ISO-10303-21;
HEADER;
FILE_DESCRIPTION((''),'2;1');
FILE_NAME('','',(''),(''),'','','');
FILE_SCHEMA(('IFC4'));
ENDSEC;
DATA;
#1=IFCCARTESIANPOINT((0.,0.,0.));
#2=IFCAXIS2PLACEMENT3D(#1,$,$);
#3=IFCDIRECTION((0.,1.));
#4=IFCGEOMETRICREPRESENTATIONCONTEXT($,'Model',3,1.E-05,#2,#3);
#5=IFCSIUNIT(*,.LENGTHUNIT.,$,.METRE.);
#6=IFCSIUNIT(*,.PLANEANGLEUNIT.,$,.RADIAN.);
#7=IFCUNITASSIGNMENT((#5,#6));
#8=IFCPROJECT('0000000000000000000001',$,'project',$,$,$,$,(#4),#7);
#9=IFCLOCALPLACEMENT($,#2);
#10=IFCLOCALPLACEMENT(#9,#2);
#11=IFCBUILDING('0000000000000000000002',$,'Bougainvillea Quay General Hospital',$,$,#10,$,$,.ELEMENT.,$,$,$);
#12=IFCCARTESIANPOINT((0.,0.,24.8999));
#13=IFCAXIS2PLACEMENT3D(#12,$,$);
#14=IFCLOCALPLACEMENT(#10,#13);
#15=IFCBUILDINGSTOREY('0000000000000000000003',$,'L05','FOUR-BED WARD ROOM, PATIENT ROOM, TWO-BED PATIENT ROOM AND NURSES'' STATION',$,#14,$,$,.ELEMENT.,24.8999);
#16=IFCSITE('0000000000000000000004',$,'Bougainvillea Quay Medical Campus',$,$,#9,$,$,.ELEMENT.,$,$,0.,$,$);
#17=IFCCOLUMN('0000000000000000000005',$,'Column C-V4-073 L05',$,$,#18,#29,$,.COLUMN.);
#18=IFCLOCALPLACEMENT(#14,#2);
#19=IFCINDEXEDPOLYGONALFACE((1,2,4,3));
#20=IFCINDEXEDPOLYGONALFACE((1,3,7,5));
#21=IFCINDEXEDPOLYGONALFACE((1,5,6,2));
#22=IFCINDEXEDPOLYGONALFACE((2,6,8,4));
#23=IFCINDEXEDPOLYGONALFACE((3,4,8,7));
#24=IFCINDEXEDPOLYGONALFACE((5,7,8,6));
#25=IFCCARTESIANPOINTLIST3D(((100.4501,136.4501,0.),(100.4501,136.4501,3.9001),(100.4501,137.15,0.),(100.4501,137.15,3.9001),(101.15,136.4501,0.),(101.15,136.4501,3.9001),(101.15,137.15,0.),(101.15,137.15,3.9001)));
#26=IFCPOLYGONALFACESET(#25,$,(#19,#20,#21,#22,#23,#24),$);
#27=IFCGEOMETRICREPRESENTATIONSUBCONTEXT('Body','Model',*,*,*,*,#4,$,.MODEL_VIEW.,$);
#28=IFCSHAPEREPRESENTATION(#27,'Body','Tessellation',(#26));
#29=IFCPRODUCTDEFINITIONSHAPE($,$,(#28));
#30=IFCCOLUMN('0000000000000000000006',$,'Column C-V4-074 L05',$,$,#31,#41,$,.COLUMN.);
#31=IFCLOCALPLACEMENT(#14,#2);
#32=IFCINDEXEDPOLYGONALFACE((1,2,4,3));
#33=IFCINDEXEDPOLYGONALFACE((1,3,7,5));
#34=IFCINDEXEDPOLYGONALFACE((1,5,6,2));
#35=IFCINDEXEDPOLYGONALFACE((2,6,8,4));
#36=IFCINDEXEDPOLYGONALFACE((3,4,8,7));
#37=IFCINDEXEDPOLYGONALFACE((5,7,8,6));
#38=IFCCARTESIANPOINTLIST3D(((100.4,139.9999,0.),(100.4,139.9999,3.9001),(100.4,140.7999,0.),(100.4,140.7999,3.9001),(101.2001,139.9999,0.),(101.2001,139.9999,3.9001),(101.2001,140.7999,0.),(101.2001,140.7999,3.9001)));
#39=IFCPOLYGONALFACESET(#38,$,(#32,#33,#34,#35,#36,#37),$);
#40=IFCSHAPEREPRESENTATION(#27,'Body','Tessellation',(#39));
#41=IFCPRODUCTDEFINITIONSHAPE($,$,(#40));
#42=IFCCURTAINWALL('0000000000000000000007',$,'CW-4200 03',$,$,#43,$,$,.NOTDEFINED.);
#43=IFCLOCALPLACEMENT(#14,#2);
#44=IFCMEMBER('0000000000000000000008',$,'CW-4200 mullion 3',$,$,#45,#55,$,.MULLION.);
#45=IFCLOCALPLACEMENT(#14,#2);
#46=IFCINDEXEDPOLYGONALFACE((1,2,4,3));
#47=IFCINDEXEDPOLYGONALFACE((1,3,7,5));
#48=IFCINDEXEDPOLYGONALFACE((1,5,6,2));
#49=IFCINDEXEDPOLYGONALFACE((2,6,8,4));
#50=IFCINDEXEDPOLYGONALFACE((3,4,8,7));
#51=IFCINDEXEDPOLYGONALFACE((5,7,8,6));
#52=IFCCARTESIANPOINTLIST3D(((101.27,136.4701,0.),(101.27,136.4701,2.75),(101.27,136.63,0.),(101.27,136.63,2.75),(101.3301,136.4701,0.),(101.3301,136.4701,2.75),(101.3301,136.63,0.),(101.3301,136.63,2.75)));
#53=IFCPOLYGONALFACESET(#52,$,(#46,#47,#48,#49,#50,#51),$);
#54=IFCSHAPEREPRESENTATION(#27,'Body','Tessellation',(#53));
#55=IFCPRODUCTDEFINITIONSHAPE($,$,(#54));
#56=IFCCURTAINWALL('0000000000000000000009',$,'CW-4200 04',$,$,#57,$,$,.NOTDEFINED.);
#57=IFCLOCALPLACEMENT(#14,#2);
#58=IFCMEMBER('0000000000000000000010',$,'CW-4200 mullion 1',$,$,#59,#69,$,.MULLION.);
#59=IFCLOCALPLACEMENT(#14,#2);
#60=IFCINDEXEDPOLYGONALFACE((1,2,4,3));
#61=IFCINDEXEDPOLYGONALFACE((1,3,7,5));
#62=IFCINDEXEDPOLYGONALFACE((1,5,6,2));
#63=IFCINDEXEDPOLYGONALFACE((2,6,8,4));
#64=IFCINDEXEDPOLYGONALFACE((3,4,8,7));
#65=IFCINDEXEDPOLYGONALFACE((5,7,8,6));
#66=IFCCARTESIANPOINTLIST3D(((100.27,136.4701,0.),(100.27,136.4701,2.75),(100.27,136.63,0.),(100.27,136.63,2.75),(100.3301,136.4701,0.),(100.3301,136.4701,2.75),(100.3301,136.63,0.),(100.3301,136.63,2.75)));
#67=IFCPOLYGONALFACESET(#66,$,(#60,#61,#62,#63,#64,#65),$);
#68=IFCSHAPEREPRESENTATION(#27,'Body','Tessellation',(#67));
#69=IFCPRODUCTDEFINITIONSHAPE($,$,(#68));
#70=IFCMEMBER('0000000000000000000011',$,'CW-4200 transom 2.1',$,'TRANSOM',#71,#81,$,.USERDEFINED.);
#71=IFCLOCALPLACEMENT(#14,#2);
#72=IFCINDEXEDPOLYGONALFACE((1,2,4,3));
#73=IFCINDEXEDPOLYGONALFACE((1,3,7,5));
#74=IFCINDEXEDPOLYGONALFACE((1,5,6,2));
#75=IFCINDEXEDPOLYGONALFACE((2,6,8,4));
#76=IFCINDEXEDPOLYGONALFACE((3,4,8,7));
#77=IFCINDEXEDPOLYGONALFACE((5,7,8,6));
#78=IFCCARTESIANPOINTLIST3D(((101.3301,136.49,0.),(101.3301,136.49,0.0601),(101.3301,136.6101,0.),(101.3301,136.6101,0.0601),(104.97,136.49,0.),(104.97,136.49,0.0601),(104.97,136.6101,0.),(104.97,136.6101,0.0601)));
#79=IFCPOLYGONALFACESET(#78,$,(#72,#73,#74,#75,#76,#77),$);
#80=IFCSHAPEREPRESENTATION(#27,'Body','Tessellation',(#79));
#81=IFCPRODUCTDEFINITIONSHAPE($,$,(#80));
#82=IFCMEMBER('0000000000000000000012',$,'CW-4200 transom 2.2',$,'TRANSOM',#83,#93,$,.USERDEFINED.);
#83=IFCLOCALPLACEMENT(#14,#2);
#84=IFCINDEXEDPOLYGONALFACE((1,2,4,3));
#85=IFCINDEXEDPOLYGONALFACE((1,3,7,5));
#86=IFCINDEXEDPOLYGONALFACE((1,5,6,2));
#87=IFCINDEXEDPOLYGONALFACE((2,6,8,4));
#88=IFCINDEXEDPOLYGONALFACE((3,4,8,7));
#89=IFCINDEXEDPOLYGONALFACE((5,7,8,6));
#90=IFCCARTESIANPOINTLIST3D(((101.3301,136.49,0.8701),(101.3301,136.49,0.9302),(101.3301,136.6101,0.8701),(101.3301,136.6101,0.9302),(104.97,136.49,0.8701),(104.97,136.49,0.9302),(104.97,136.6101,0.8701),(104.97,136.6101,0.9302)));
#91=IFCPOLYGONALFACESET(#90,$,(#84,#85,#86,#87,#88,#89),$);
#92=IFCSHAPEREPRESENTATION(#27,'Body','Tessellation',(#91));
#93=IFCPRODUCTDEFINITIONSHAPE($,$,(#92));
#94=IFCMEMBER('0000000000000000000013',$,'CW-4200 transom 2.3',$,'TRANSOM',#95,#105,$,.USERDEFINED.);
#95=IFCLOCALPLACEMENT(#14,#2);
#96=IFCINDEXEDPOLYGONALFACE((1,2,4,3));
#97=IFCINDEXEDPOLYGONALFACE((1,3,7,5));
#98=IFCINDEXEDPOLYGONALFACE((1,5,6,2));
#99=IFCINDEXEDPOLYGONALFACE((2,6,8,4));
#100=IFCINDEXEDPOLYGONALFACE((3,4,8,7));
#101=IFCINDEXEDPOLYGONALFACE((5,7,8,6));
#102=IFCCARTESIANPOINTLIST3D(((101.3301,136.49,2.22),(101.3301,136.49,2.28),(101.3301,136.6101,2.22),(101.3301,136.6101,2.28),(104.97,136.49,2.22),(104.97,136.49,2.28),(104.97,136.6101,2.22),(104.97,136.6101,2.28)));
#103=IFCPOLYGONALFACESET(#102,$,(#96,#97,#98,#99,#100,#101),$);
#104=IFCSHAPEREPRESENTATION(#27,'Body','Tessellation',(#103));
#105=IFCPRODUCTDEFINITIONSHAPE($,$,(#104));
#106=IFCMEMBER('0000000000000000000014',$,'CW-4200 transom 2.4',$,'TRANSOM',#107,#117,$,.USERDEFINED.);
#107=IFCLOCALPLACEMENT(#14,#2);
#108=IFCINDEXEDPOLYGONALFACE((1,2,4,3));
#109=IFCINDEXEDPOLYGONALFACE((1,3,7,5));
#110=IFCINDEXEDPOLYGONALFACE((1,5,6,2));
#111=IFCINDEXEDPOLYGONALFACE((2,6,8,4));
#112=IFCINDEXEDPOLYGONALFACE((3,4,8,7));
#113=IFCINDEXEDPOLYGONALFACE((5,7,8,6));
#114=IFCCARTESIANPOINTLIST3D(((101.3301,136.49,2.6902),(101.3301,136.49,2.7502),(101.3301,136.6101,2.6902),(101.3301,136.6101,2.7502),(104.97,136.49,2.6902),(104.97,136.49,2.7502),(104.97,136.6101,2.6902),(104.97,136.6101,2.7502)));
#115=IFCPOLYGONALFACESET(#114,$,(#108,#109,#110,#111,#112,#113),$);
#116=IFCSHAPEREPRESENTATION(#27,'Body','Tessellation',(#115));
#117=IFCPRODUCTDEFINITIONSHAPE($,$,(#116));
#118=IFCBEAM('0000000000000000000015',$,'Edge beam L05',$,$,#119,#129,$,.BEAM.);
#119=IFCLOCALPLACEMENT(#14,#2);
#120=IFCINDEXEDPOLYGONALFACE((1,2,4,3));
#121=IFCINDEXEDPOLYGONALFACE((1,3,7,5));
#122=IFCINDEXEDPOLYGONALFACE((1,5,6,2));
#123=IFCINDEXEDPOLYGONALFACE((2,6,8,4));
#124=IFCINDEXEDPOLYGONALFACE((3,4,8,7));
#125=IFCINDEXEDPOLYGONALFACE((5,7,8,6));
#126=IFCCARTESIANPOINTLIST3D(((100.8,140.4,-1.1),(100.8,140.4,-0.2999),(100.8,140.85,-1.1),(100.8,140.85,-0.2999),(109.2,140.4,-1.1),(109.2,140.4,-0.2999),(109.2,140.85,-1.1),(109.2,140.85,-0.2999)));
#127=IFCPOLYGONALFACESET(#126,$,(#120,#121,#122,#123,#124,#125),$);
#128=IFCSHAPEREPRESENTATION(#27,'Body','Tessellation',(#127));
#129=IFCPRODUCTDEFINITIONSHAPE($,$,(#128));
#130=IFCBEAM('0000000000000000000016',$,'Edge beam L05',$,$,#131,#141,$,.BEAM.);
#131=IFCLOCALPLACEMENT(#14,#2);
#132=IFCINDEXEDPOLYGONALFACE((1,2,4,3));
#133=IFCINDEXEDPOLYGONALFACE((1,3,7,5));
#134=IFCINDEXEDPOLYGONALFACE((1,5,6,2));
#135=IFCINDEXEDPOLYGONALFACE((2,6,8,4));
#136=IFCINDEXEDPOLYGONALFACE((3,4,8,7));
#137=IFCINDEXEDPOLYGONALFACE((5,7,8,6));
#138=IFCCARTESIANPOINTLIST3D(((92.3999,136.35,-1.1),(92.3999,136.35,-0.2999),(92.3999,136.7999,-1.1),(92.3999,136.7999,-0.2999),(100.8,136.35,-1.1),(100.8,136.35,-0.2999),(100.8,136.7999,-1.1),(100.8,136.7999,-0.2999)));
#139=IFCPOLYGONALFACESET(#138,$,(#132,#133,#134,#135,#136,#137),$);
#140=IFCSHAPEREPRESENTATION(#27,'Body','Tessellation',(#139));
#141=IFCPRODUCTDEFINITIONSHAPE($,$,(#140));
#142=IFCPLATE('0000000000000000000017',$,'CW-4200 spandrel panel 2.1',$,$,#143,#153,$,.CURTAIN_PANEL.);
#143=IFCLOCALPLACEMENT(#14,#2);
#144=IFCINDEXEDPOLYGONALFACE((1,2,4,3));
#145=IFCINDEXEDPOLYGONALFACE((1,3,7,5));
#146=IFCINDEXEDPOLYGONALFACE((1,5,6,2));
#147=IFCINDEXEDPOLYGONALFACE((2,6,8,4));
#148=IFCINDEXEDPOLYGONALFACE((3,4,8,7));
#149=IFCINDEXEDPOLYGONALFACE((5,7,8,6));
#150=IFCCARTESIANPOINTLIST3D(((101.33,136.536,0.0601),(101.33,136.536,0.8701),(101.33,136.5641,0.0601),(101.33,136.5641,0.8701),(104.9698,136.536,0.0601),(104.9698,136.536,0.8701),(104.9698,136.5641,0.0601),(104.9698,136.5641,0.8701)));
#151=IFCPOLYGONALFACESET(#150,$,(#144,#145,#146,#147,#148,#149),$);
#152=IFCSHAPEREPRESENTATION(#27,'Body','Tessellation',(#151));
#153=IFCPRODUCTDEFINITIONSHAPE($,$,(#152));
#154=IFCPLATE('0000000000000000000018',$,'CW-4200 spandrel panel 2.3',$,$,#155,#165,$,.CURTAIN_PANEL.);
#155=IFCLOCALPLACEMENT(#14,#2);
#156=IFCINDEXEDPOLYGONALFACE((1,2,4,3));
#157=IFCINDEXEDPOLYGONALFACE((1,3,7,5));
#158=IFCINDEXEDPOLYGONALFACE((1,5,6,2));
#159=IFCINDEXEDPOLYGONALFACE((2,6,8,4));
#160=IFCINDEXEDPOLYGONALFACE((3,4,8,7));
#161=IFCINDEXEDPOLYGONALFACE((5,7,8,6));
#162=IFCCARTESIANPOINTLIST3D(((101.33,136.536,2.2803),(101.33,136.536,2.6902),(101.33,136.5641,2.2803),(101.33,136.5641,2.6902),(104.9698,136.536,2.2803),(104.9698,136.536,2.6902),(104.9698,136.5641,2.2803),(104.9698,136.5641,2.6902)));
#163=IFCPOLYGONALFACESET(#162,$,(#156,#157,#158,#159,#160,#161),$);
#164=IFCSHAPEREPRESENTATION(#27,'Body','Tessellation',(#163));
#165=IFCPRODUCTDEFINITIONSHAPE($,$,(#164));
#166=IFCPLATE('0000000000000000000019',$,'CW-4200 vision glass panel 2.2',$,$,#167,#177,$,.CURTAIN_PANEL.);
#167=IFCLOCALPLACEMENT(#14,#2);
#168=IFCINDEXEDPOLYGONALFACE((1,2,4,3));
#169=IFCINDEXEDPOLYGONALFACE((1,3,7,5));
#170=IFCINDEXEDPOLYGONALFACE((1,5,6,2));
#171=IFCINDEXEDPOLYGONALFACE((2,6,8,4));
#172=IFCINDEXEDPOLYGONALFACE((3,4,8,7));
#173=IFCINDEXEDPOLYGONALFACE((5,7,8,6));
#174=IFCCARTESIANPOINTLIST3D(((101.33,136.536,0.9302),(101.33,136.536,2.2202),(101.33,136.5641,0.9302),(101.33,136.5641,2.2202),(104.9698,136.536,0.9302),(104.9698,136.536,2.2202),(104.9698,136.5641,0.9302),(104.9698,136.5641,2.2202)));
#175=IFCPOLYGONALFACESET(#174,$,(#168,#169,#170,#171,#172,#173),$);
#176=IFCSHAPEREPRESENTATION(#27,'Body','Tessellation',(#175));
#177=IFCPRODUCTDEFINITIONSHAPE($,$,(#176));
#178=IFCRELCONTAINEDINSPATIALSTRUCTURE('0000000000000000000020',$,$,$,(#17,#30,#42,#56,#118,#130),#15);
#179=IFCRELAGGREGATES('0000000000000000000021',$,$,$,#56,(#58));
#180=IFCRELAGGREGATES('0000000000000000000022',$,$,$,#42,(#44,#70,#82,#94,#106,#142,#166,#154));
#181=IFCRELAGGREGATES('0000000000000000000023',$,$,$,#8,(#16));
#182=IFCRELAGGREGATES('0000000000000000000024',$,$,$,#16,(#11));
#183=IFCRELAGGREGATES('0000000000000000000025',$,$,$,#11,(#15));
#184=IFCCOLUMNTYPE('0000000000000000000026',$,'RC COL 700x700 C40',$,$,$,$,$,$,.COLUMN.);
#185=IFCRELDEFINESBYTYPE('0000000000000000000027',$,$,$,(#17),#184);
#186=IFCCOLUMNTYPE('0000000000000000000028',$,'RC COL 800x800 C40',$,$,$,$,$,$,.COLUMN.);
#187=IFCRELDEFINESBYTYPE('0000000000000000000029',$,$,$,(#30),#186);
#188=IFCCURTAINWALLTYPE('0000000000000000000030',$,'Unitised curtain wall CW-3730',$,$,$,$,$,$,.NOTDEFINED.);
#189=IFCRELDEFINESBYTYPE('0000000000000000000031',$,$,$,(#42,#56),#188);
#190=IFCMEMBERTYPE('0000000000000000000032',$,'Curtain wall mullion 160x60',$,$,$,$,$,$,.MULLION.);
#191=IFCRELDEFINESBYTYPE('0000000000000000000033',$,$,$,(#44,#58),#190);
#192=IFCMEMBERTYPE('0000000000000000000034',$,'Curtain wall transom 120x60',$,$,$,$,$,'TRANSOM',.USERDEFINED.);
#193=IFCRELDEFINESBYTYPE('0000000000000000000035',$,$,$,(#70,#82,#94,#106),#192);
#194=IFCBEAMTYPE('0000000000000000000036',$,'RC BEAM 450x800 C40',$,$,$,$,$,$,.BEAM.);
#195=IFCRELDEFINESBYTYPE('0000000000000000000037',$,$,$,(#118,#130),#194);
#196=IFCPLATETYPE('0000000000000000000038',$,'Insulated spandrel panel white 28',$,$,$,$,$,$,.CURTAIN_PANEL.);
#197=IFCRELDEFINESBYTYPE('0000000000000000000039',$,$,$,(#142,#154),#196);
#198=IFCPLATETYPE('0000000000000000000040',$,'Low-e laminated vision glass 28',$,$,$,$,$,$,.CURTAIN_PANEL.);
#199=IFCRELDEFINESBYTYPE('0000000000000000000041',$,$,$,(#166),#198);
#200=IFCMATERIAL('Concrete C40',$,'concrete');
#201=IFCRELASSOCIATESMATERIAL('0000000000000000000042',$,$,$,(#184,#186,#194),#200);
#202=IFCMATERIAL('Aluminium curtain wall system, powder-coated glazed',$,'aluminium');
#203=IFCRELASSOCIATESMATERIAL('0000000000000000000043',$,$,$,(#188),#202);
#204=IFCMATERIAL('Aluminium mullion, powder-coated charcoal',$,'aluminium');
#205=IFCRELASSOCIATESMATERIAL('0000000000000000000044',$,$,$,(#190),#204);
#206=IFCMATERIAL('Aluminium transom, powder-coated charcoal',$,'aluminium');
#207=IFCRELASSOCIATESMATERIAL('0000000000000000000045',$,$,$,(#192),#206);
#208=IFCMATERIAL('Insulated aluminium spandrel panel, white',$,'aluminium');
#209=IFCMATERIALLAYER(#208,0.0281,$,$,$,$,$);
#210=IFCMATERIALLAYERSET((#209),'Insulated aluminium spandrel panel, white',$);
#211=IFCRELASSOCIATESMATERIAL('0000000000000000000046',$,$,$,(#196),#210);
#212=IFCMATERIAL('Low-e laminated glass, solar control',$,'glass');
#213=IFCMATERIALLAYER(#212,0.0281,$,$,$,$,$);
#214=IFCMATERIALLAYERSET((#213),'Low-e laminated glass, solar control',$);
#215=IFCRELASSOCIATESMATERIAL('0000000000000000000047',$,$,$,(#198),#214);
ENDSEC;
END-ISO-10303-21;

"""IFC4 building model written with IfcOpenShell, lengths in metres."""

from ifc_helpers import new_model, si_unit, direction, frame, origin, origin_2d, place, context, subcontext, project, spatial, rectangle, extrude, material, layer, layer_set, material_profile, profile_set, type_object, element, aggregate, save


model = new_model("IFC4")

# Units and contexts
model_context = context("Model", 3, precision=1e-05, world=origin(), true_north=direction((0.0, 1.0)))
body_context = subcontext(model_context, "Body", "Model", "MODEL_VIEW")
ifc_project = project(units=[si_unit("LENGTHUNIT", "METRE"), si_unit("PLANEANGLEUNIT", "RADIAN")], contexts=[model_context])

# Site, building, storey
site_placement = place(None, origin())
site = spatial("IfcSite", under=ifc_project, at=site_placement, Name="Bougainvillea Quay Medical Campus", CompositionType="ELEMENT", RefElevation=0.0)
building_placement = place(site_placement, origin())
building = spatial("IfcBuilding", under=site, at=building_placement, Name="Bougainvillea Quay General Hospital", CompositionType="ELEMENT")
storey_placement = place(building_placement, frame((0.0, 0.0, 24.8999)))
storey = spatial("IfcBuildingStorey", under=building, at=storey_placement, Name="L05", Description="FOUR-BED WARD ROOM, PATIENT ROOM, TWO-BED PATIENT ROOM AND NURSES' STATION", CompositionType="ELEMENT", Elevation=24.8999)

# Columns
ifc_material_1 = material(Name="Concrete C40", Category="concrete")
ifc_material_profile_1 = material_profile(ifc_material_1, rectangle(XDim=0.7, YDim=0.7, at=origin_2d()))
ifc_profile_set_1 = profile_set([ifc_material_profile_1], Name="Concrete C40")
column_type_1 = type_object("IfcColumnType", Name="RC COL 700x700 C40", PredefinedType="COLUMN", material=ifc_profile_set_1)
column_1_placement = place(storey_placement, frame((100.8, 136.8, 0.0), z_axis=(0.0, 0.0, 1.0), x_axis=(1.0, 0.0, 0.0)))
element("IfcColumn", 1, at=column_1_placement, inside=storey, type_object=column_type_1, Name="Column C-V4-073 L05", PredefinedType="COLUMN", context=body_context, shape_type="SweptSolid", body=[
    extrude(rectangle(XDim=0.7, YDim=0.7, at=origin_2d()), origin(), (0.0, 0.0, 1.0), 3.9001),
])
ifc_material_profile_2 = material_profile(ifc_material_1, rectangle(XDim=0.8, YDim=0.8, at=origin_2d()))
ifc_profile_set_2 = profile_set([ifc_material_profile_2], Name="Concrete C40")
column_type_2 = type_object("IfcColumnType", Name="RC COL 800x800 C40", PredefinedType="COLUMN", material=ifc_profile_set_2)
column_2_placement = place(storey_placement, frame((100.8, 140.3999, 0.0), z_axis=(0.0, 0.0, 1.0), x_axis=(1.0, 0.0, 0.0)))
element("IfcColumn", 2, at=column_2_placement, inside=storey, type_object=column_type_2, Name="Column C-V4-074 L05", PredefinedType="COLUMN", context=body_context, shape_type="SweptSolid", body=[
    extrude(rectangle(XDim=0.8, YDim=0.8, at=origin_2d()), origin(), (0.0, 0.0, 1.0), 3.9001),
])

# Curtain walls, members
ifc_material_2 = material(Name="Aluminium curtain wall system, powder-coated glazed", Category="aluminium")
curtain_wall_type = type_object("IfcCurtainWallType", Name="Unitised curtain wall CW-3730", PredefinedType="NOTDEFINED", material=ifc_material_2)
curtain_wall_1_placement = place(storey_placement, origin())
curtain_wall_1 = element("IfcCurtainWall", 3, at=curtain_wall_1_placement, inside=storey, type_object=curtain_wall_type, Name="CW-4200 03", PredefinedType="NOTDEFINED")
ifc_material_3 = material(Name="Aluminium mullion, powder-coated charcoal", Category="aluminium")
ifc_material_profile_3 = material_profile(ifc_material_3, rectangle(XDim=0.1599, YDim=0.0601, at=origin_2d()))
ifc_profile_set_3 = profile_set([ifc_material_profile_3], Name="Aluminium mullion, powder-coated charcoal")
member_type_1 = type_object("IfcMemberType", Name="Curtain wall mullion 160x60", PredefinedType="MULLION", material=ifc_profile_set_3)
member_1_placement = place(storey_placement, frame((101.3, 136.55, 0.0), z_axis=(0.0, 0.0, 1.0), x_axis=(0.0, -1.0, 0.0)))
member_1 = element("IfcMember", 4, at=member_1_placement, type_object=member_type_1, Name="CW-4200 mullion 3", PredefinedType="MULLION", context=body_context, shape_type="SweptSolid", body=[
    extrude(rectangle(XDim=0.1599, YDim=0.0601, at=origin_2d()), origin(), (0.0, 0.0, 1.0), 2.75),
])
curtain_wall_2_placement = place(storey_placement, origin())
curtain_wall_2 = element("IfcCurtainWall", 5, at=curtain_wall_2_placement, inside=storey, type_object=curtain_wall_type, Name="CW-4200 04", PredefinedType="NOTDEFINED")
member_2_placement = place(storey_placement, frame((100.3, 136.55, 0.0), z_axis=(0.0, 0.0, 1.0), x_axis=(0.0, -1.0, 0.0)))
member_2 = element("IfcMember", 6, at=member_2_placement, type_object=member_type_1, Name="CW-4200 mullion 1", PredefinedType="MULLION", context=body_context, shape_type="SweptSolid", body=[
    extrude(rectangle(XDim=0.1599, YDim=0.0601, at=origin_2d()), origin(), (0.0, 0.0, 1.0), 2.75),
])
aggregate(curtain_wall_2, [member_2])

# Members
ifc_material_4 = material(Name="Aluminium transom, powder-coated charcoal", Category="aluminium")
ifc_material_profile_4 = material_profile(ifc_material_4, rectangle(XDim=0.1201, YDim=0.0601, at=origin_2d()))
ifc_profile_set_4 = profile_set([ifc_material_profile_4], Name="Aluminium transom, powder-coated charcoal")
member_type_2 = type_object("IfcMemberType", Name="Curtain wall transom 120x60", ElementType="TRANSOM", PredefinedType="USERDEFINED", material=ifc_profile_set_4)
member_3_placement = place(storey_placement, frame((104.97, 136.55, 0.03), z_axis=(-1.0, 0.0, 0.0), x_axis=(0.0, -1.0, 0.0)))
member_3 = element("IfcMember", 7, at=member_3_placement, type_object=member_type_2, Name="CW-4200 transom 2.1", ObjectType="TRANSOM", PredefinedType="USERDEFINED", context=body_context, shape_type="SweptSolid", body=[
    extrude(rectangle(XDim=0.1201, YDim=0.0601, at=origin_2d()), origin(), (0.0, 0.0, 1.0), 3.6399),
])
member_4_placement = place(storey_placement, frame((104.97, 136.55, 0.9001), z_axis=(-1.0, 0.0, 0.0), x_axis=(0.0, -1.0, 0.0)))
member_4 = element("IfcMember", 8, at=member_4_placement, type_object=member_type_2, Name="CW-4200 transom 2.2", ObjectType="TRANSOM", PredefinedType="USERDEFINED", context=body_context, shape_type="SweptSolid", body=[
    extrude(rectangle(XDim=0.1201, YDim=0.0601, at=origin_2d()), origin(), (0.0, 0.0, 1.0), 3.6399),
])
member_5_placement = place(storey_placement, frame((104.97, 136.55, 2.25), z_axis=(-1.0, 0.0, 0.0), x_axis=(0.0, -1.0, 0.0)))
member_5 = element("IfcMember", 9, at=member_5_placement, type_object=member_type_2, Name="CW-4200 transom 2.3", ObjectType="TRANSOM", PredefinedType="USERDEFINED", context=body_context, shape_type="SweptSolid", body=[
    extrude(rectangle(XDim=0.1201, YDim=0.0601, at=origin_2d()), origin(), (0.0, 0.0, 1.0), 3.6399),
])
member_6_placement = place(storey_placement, frame((104.97, 136.55, 2.7202), z_axis=(-1.0, 0.0, 0.0), x_axis=(0.0, -1.0, 0.0)))
member_6 = element("IfcMember", 10, at=member_6_placement, type_object=member_type_2, Name="CW-4200 transom 2.4", ObjectType="TRANSOM", PredefinedType="USERDEFINED", context=body_context, shape_type="SweptSolid", body=[
    extrude(rectangle(XDim=0.1201, YDim=0.0601, at=origin_2d()), origin(), (0.0, 0.0, 1.0), 3.6399),
])

# Beams
ifc_material_profile_5 = material_profile(ifc_material_1, rectangle(XDim=0.45, YDim=0.8, at=origin_2d()))
ifc_profile_set_5 = profile_set([ifc_material_profile_5], Name="Concrete C40")
beam_type = type_object("IfcBeamType", Name="RC BEAM 450x800 C40", PredefinedType="BEAM", material=ifc_profile_set_5)
beam_1_placement = place(storey_placement, frame((100.8, 140.625, -0.7), z_axis=(1.0, 0.0, 0.0), x_axis=(0.0, 1.0, 0.0)))
element("IfcBeam", 11, at=beam_1_placement, inside=storey, type_object=beam_type, Name="Edge beam L05", PredefinedType="BEAM", context=body_context, shape_type="SweptSolid", body=[
    extrude(rectangle(XDim=0.45, YDim=0.8, at=origin_2d()), origin(), (0.0, 0.0, 1.0), 8.3999),
])
beam_2_placement = place(storey_placement, frame((100.8, 136.575, -0.7), z_axis=(-1.0, 0.0, 0.0), x_axis=(0.0, -1.0, 0.0)))
element("IfcBeam", 12, at=beam_2_placement, inside=storey, type_object=beam_type, Name="Edge beam L05", PredefinedType="BEAM", context=body_context, shape_type="SweptSolid", body=[
    extrude(rectangle(XDim=0.45, YDim=0.8, at=origin_2d()), origin(), (0.0, 0.0, 1.0), 8.4001),
])

# Plates
ifc_material_5 = material(Name="Insulated aluminium spandrel panel, white", Category="aluminium")
ifc_layer_1 = layer(ifc_material_5, 0.0281)
ifc_layer_set_1 = layer_set([ifc_layer_1], Name="Insulated aluminium spandrel panel, white")
plate_type_1 = type_object("IfcPlateType", Name="Insulated spandrel panel white 28", PredefinedType="CURTAIN_PANEL", material=ifc_layer_set_1)
plate_1_placement = place(storey_placement, frame((103.1499, 136.55, 0.0601), z_axis=(0.0, 0.0, 1.0), x_axis=(-1.0, 0.0, 0.0)))
plate_1 = element("IfcPlate", 13, at=plate_1_placement, type_object=plate_type_1, Name="CW-4200 spandrel panel 2.1", PredefinedType="CURTAIN_PANEL", context=body_context, shape_type="SweptSolid", body=[
    extrude(rectangle(XDim=3.6399, YDim=0.0281, at=origin_2d()), origin(), (0.0, 0.0, 1.0), 0.8101),
])
plate_2_placement = place(storey_placement, frame((103.1499, 136.55, 2.2803), z_axis=(0.0, 0.0, 1.0), x_axis=(-1.0, 0.0, 0.0)))
plate_2 = element("IfcPlate", 14, at=plate_2_placement, type_object=plate_type_1, Name="CW-4200 spandrel panel 2.3", PredefinedType="CURTAIN_PANEL", context=body_context, shape_type="SweptSolid", body=[
    extrude(rectangle(XDim=3.6399, YDim=0.0281, at=origin_2d()), origin(), (0.0, 0.0, 1.0), 0.4099),
])
ifc_material_6 = material(Name="Low-e laminated glass, solar control", Category="glass")
ifc_layer_2 = layer(ifc_material_6, 0.0281)
ifc_layer_set_2 = layer_set([ifc_layer_2], Name="Low-e laminated glass, solar control")
plate_type_2 = type_object("IfcPlateType", Name="Low-e laminated vision glass 28", PredefinedType="CURTAIN_PANEL", material=ifc_layer_set_2)
plate_3_placement = place(storey_placement, frame((103.1499, 136.55, 0.9302), z_axis=(0.0, 0.0, 1.0), x_axis=(-1.0, 0.0, 0.0)))
plate_3 = element("IfcPlate", 15, at=plate_3_placement, type_object=plate_type_2, Name="CW-4200 vision glass panel 2.2", PredefinedType="CURTAIN_PANEL", context=body_context, shape_type="SweptSolid", body=[
    extrude(rectangle(XDim=3.6399, YDim=0.0281, at=origin_2d()), origin(), (0.0, 0.0, 1.0), 1.29),
])
aggregate(curtain_wall_1, [member_1, member_3, member_4, member_5, member_6, plate_1, plate_3, plate_2])

save(model, "model.ifc")
